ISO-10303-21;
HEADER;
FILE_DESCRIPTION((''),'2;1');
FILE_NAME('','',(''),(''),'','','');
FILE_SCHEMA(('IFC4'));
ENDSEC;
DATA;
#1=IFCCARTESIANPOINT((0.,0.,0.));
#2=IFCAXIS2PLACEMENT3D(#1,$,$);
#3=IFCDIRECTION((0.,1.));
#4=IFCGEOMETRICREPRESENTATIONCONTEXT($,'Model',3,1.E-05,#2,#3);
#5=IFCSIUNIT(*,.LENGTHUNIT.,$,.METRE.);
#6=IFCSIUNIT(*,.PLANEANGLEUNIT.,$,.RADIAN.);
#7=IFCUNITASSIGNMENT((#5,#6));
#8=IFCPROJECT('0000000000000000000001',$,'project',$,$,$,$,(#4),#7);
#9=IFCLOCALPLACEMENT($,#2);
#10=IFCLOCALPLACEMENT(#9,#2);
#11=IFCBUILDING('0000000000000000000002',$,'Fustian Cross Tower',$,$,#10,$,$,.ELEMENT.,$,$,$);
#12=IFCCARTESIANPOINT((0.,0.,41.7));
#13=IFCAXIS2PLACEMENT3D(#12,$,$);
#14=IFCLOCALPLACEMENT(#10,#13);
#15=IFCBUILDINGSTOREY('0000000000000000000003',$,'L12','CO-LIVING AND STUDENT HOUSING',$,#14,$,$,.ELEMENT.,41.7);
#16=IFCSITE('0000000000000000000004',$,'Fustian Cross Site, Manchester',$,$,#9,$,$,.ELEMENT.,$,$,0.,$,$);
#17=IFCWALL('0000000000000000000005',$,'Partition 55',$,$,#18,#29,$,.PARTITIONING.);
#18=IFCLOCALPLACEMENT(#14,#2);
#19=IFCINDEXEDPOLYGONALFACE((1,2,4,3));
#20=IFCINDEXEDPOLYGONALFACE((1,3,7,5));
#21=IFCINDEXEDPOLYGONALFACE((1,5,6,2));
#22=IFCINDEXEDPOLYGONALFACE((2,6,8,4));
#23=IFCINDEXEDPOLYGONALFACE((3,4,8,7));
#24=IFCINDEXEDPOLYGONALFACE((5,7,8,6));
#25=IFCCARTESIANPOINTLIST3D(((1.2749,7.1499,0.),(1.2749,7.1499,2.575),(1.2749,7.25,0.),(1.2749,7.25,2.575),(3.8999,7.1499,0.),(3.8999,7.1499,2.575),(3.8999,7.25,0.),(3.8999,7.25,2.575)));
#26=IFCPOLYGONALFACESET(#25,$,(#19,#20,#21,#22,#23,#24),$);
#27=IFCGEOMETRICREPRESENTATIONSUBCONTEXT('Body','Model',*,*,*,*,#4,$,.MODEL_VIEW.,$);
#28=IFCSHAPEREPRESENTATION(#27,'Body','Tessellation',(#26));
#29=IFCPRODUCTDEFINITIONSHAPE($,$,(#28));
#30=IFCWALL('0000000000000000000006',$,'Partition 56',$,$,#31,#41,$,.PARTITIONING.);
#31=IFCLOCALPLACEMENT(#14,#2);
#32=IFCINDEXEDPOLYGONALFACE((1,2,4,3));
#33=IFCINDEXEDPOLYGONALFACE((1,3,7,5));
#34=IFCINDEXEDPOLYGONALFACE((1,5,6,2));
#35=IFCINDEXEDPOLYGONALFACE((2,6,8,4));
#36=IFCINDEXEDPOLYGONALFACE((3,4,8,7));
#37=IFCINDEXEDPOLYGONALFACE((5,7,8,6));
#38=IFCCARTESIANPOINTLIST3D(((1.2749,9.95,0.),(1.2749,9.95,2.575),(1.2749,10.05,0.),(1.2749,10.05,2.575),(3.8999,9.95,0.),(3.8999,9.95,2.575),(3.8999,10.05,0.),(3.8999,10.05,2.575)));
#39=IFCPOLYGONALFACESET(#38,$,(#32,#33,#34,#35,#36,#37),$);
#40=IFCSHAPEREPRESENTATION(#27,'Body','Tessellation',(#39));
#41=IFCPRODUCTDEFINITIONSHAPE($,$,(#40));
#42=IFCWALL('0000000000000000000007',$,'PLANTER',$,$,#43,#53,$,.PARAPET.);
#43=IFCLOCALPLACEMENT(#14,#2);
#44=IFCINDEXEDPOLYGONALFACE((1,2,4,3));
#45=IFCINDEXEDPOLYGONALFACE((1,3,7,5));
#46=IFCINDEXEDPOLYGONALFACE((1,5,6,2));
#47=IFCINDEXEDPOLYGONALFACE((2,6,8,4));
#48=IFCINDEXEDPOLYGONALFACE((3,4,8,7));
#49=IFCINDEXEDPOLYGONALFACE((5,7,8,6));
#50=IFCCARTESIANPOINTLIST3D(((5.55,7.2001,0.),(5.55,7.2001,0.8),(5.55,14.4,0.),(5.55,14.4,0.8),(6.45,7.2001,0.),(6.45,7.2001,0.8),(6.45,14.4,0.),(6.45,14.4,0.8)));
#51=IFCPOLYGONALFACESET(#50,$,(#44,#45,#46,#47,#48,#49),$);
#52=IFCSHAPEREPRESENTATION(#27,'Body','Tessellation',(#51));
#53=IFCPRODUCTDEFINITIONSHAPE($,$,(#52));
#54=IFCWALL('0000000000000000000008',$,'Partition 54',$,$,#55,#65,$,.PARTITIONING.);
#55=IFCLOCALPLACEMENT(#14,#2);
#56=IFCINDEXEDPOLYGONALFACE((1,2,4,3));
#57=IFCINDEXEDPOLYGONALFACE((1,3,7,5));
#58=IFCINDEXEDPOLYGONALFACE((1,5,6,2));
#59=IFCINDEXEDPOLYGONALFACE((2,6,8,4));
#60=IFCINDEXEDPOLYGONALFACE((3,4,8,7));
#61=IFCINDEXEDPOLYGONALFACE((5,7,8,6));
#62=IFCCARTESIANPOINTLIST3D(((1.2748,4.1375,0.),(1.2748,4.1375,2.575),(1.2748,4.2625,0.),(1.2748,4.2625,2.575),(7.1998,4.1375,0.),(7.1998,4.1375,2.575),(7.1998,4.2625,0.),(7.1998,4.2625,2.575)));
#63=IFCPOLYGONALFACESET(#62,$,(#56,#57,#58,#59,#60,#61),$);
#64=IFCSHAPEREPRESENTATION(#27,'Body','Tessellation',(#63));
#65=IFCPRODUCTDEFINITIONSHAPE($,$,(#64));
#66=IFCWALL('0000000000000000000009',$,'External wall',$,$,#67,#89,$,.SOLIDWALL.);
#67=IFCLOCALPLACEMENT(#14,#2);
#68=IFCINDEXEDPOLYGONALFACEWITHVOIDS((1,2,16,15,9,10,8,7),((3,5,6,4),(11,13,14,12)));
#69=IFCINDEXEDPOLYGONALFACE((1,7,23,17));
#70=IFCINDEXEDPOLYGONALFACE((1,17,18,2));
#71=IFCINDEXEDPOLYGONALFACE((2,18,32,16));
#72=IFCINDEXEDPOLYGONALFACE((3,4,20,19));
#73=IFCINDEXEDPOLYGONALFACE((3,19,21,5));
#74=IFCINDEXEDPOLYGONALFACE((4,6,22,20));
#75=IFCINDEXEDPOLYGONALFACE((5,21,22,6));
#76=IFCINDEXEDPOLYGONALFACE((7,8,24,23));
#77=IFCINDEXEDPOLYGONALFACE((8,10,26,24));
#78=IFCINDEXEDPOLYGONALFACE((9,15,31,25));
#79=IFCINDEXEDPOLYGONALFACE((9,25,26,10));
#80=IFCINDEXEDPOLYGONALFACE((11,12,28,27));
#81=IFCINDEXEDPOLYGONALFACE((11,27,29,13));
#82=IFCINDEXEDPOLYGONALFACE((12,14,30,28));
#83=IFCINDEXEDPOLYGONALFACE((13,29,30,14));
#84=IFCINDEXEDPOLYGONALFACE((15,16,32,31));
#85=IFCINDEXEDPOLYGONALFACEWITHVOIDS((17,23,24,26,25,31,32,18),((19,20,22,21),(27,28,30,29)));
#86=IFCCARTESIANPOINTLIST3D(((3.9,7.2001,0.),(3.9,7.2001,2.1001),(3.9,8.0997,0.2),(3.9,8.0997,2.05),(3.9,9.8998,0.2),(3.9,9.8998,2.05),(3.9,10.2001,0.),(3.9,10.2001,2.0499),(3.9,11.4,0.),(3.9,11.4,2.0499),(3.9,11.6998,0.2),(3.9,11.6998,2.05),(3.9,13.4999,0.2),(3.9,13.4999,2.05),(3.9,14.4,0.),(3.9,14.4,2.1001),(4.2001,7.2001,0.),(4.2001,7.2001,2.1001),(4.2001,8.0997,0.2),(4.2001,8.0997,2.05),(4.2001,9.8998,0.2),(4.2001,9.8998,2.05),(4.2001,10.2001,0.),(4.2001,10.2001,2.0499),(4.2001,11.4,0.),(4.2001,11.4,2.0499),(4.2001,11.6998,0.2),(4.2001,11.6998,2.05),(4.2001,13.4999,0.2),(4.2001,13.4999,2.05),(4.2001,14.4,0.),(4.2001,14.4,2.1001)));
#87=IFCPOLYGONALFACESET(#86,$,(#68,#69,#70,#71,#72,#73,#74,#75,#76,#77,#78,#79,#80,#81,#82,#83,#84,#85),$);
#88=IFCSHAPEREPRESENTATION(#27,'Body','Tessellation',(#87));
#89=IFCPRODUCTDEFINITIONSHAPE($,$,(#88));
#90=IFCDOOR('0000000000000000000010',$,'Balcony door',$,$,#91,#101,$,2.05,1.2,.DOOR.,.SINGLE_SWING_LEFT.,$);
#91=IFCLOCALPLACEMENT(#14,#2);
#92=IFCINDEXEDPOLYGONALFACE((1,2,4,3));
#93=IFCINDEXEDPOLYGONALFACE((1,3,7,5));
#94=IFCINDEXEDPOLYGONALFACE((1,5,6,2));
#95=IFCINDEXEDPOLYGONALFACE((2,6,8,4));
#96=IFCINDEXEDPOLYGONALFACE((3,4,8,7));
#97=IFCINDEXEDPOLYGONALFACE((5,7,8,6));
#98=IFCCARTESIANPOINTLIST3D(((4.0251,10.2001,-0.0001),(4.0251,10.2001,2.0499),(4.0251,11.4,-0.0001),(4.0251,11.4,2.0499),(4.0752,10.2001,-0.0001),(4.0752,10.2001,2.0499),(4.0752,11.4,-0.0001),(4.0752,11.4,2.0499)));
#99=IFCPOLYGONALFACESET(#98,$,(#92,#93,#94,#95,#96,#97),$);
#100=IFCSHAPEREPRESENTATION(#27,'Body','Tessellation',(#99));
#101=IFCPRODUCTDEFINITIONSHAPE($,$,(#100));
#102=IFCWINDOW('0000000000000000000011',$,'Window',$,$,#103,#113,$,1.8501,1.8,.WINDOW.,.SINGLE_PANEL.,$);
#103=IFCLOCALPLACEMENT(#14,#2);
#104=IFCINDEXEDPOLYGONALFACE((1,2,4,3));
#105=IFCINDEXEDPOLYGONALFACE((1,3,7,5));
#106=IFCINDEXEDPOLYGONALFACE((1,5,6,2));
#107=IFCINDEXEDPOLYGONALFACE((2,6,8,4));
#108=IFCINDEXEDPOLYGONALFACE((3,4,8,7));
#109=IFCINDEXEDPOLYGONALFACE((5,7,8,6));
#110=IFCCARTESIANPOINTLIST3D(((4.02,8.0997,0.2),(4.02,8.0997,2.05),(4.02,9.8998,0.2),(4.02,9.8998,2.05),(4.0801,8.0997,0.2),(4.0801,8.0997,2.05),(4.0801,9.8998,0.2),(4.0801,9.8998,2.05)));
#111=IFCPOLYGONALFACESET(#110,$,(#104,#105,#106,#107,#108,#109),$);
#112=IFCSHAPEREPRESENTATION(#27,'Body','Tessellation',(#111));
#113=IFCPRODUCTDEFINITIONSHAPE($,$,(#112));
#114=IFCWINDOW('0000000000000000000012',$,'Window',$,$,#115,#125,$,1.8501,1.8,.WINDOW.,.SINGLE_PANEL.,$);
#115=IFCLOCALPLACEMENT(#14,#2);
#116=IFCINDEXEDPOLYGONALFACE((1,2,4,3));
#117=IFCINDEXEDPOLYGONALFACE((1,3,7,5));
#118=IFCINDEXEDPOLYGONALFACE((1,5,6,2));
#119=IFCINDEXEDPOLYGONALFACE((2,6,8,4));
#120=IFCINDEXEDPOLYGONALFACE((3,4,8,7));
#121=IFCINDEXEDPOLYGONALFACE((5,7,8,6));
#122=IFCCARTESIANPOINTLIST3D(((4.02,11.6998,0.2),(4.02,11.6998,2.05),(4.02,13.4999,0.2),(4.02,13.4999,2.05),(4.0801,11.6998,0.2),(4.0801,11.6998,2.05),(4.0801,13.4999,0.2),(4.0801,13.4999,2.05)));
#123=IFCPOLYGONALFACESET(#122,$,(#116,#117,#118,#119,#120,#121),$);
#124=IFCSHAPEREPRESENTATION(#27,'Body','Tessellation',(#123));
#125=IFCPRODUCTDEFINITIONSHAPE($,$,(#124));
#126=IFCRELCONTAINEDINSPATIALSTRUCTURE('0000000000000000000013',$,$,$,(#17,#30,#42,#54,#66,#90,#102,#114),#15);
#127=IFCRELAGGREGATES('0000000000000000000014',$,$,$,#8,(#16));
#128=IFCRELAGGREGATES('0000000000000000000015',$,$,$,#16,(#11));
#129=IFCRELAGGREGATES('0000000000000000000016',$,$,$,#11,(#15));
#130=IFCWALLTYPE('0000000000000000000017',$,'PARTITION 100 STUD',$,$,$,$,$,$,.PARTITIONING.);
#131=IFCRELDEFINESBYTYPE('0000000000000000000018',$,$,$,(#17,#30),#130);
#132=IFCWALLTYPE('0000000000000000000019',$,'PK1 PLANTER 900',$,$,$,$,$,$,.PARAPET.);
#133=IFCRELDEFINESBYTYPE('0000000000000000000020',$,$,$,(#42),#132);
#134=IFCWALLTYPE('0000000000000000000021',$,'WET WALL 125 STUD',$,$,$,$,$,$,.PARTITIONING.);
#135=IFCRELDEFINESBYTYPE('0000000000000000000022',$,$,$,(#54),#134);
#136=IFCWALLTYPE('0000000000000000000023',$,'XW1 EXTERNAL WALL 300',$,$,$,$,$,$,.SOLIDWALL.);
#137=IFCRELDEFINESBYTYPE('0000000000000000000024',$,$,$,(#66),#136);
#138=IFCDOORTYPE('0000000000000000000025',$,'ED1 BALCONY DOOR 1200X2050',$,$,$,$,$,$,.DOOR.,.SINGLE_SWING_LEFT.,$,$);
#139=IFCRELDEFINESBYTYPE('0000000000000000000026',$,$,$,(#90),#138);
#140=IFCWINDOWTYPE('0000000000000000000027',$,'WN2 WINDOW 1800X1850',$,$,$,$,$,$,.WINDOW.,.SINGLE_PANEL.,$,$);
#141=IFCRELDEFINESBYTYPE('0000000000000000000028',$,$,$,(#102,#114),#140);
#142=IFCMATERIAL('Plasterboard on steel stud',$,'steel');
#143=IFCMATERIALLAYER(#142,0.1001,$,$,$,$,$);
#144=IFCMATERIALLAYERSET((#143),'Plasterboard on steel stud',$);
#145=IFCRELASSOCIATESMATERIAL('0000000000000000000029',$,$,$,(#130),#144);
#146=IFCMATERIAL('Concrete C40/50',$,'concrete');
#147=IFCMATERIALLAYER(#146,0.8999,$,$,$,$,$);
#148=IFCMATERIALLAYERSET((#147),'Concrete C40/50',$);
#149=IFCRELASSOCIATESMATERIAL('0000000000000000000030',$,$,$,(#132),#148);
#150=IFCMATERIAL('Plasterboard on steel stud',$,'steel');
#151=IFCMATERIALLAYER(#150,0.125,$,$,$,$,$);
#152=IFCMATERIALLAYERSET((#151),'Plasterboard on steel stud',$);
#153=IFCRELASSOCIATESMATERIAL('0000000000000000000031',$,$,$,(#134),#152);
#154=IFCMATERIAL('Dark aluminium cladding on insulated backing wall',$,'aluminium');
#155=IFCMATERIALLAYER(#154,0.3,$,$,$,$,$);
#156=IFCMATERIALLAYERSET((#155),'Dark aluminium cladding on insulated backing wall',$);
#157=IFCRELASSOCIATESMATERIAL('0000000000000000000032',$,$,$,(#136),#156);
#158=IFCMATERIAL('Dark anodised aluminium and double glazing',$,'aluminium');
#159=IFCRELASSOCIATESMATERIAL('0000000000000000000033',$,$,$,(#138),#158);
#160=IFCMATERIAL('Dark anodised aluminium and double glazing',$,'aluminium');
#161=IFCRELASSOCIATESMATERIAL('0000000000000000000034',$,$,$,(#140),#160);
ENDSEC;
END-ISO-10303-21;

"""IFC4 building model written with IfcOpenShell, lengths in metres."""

from ifc_helpers import new_model, si_unit, direction, frame, frame_2d, origin, place, context, subcontext, project, spatial, rectangle, extrude, material, layer, layer_set, type_object, element, fill, save


model = new_model("IFC4")

# Units and contexts
model_context = context("Model", 3, precision=1e-05, world=origin(), true_north=direction((0.0, 1.0)))
body_context = subcontext(model_context, "Body", "Model", "MODEL_VIEW")
ifc_project = project(units=[si_unit("LENGTHUNIT", "METRE"), si_unit("PLANEANGLEUNIT", "RADIAN")], contexts=[model_context])

# Site, building, storey
site_placement = place(None, origin())
site = spatial("IfcSite", under=ifc_project, at=site_placement, Name="Fustian Cross Site, Manchester", CompositionType="ELEMENT", RefElevation=0.0)
building_placement = place(site_placement, origin())
building = spatial("IfcBuilding", under=site, at=building_placement, Name="Fustian Cross Tower", CompositionType="ELEMENT")
storey_placement = place(building_placement, frame((0.0, 0.0, 41.7)))
storey = spatial("IfcBuildingStorey", under=building, at=storey_placement, Name="L12", Description="CO-LIVING AND STUDENT HOUSING", CompositionType="ELEMENT", Elevation=41.7)

# Walls
ifc_material_1 = material(Name="Plasterboard on steel stud", Category="steel")
ifc_layer_1 = layer(ifc_material_1, 0.1001)
ifc_layer_set_1 = layer_set([ifc_layer_1], Name="Plasterboard on steel stud")
wall_type_1 = type_object("IfcWallType", Name="PARTITION 100 STUD", PredefinedType="PARTITIONING", material=ifc_layer_set_1)
for number, where, z_axis, x_axis, name in (
    (1, (1.2749, 7.2, 0.0), (0.0, 0.0, 1.0), (1.0, 0.0, 0.0), "Partition 55"),
    (2, (1.2749, 10.0, 0.0), (0.0, 0.0, 1.0), (1.0, 0.0, 0.0), "Partition 56"),
):
    element("IfcWall", number, at=place(storey_placement, frame(where, z_axis=z_axis, x_axis=x_axis)), inside=storey, type_object=wall_type_1, Name=name, PredefinedType="PARTITIONING", context=body_context, shape_type="SweptSolid", body=[
        extrude(rectangle(XDim=2.625, YDim=0.1001, at=frame_2d((1.3125, 0.0))), origin(), (0.0, 0.0, 1.0), 2.575),
    ])
ifc_material_2 = material(Name="Concrete C40/50", Category="concrete")
ifc_layer_2 = layer(ifc_material_2, 0.8999)
ifc_layer_set_2 = layer_set([ifc_layer_2], Name="Concrete C40/50")
wall_type_2 = type_object("IfcWallType", Name="PK1 PLANTER 900", PredefinedType="PARAPET", material=ifc_layer_set_2)
wall_1_placement = place(storey_placement, frame((6.0, 7.2, 0.0), z_axis=(0.0, 0.0, 1.0), x_axis=(0.0, 1.0, 0.0)))
element("IfcWall", 3, at=wall_1_placement, inside=storey, type_object=wall_type_2, Name="PLANTER", PredefinedType="PARAPET", context=body_context, shape_type="SweptSolid", body=[
    extrude(rectangle(XDim=7.2, YDim=0.8999, at=frame_2d((3.6001, 0.0))), origin(), (0.0, 0.0, 1.0), 0.8),
])
ifc_material_3 = material(Name="Plasterboard on steel stud", Category="steel")
ifc_layer_3 = layer(ifc_material_3, 0.125)
ifc_layer_set_3 = layer_set([ifc_layer_3], Name="Plasterboard on steel stud")
wall_type_3 = type_object("IfcWallType", Name="WET WALL 125 STUD", PredefinedType="PARTITIONING", material=ifc_layer_set_3)
wall_2_placement = place(storey_placement, frame((1.2749, 4.2, 0.0), z_axis=(0.0, 0.0, 1.0), x_axis=(1.0, 0.0, 0.0)))
element("IfcWall", 4, at=wall_2_placement, inside=storey, type_object=wall_type_3, Name="Partition 54", PredefinedType="PARTITIONING", context=body_context, shape_type="SweptSolid", body=[
    extrude(rectangle(XDim=5.925, YDim=0.125, at=frame_2d((2.9624, 0.0))), origin(), (0.0, 0.0, 1.0), 2.575),
])

# Wall, openings, door, windows
ifc_material_4 = material(Name="Dark aluminium cladding on insulated backing wall", Category="aluminium")
ifc_layer_4 = layer(ifc_material_4, 0.3)
ifc_layer_set_4 = layer_set([ifc_layer_4], Name="Dark aluminium cladding on insulated backing wall")
wall_type_4 = type_object("IfcWallType", Name="XW1 EXTERNAL WALL 300", PredefinedType="SOLIDWALL", material=ifc_layer_set_4)
wall_3_placement = place(storey_placement, frame((4.05, 7.2, 0.0), z_axis=(0.0, 0.0, 1.0), x_axis=(0.0, 1.0, 0.0)))
wall_3 = element("IfcWall", 5, at=wall_3_placement, inside=storey, type_object=wall_type_4, Name="External wall", PredefinedType="SOLIDWALL", context=body_context, shape_type="SweptSolid", body=[
    extrude(rectangle(XDim=7.2, YDim=0.3, at=frame_2d((3.6001, 0.0))), origin(), (0.0, 0.0, 1.0), 2.1001),
])
opening_1_placement = place(wall_3_placement, frame((3.0, 0.0, 0.0)))
opening_1 = element("IfcOpeningElement", 6, at=opening_1_placement, cuts=wall_3, PredefinedType="OPENING", context=body_context, shape_type="SweptSolid", body=[
    extrude(rectangle(XDim=1.2, YDim=2.05, at=frame_2d((0.6001, 1.0249))), frame((0.0, 0.1599, 0.0), z_axis=(0.0, -1.0, 0.0), x_axis=(1.0, 0.0, 0.0)), (0.0, 0.0, 1.0), 0.3201),
])
opening_2_placement = place(wall_3_placement, frame((0.8999, 0.0, 0.2)))
opening_2 = element("IfcOpeningElement", 7, at=opening_2_placement, cuts=wall_3, PredefinedType="OPENING", context=body_context, shape_type="SweptSolid", body=[
    extrude(rectangle(XDim=1.8, YDim=1.8501, at=frame_2d((0.8999, 0.925))), frame((0.0, 0.1599, 0.0), z_axis=(0.0, -1.0, 0.0), x_axis=(1.0, 0.0, 0.0)), (0.0, 0.0, 1.0), 0.3201),
])
opening_3_placement = place(wall_3_placement, frame((4.5, 0.0, 0.2)))
opening_3 = element("IfcOpeningElement", 8, at=opening_3_placement, cuts=wall_3, PredefinedType="OPENING", context=body_context, shape_type="SweptSolid", body=[
    extrude(rectangle(XDim=1.8, YDim=1.8501, at=frame_2d((0.8999, 0.925))), frame((0.0, 0.1599, 0.0), z_axis=(0.0, -1.0, 0.0), x_axis=(1.0, 0.0, 0.0)), (0.0, 0.0, 1.0), 0.3201),
])
ifc_material_5 = material(Name="Dark anodised aluminium and double glazing", Category="aluminium")
door_type_1 = type_object("IfcDoorType", Name="ED1 BALCONY DOOR 1200X2050", OperationType="SINGLE_SWING_LEFT", PredefinedType="DOOR", material=ifc_material_5)
door_1_placement = place(opening_1_placement, origin())
door_1 = element("IfcDoor", 9, at=door_1_placement, inside=storey, type_object=door_type_1, Name="Balcony door", OperationType="SINGLE_SWING_LEFT", OverallHeight=2.05, OverallWidth=1.2, PredefinedType="DOOR", context=body_context, shape_type="SweptSolid", body=[
    extrude(rectangle(XDim=1.2, YDim=2.05, at=frame_2d((0.6001, 1.0249))), frame((0.0, 0.0249, 0.0), z_axis=(0.0, -1.0, 0.0), x_axis=(1.0, 0.0, 0.0)), (0.0, 0.0, 1.0), 0.05),
])
fill(opening_1, door_1)
ifc_material_6 = material(Name="Dark anodised aluminium and double glazing", Category="aluminium")
window_type = type_object("IfcWindowType", Name="WN2 WINDOW 1800X1850", PartitioningType="SINGLE_PANEL", PredefinedType="WINDOW", material=ifc_material_6)
window_1_placement = place(opening_2_placement, origin())
window_1 = element("IfcWindow", 10, at=window_1_placement, inside=storey, type_object=window_type, Name="Window", OverallHeight=1.8501, OverallWidth=1.8, PartitioningType="SINGLE_PANEL", PredefinedType="WINDOW", context=body_context, shape_type="SweptSolid", body=[
    extrude(rectangle(XDim=1.8, YDim=1.8501, at=frame_2d((0.8999, 0.925))), frame((0.0, 0.03, 0.0), z_axis=(0.0, -1.0, 0.0), x_axis=(1.0, 0.0, 0.0)), (0.0, 0.0, 1.0), 0.0601),
])
fill(opening_2, window_1)
window_2_placement = place(opening_3_placement, origin())
window_2 = element("IfcWindow", 11, at=window_2_placement, inside=storey, type_object=window_type, Name="Window", OverallHeight=1.8501, OverallWidth=1.8, PartitioningType="SINGLE_PANEL", PredefinedType="WINDOW", context=body_context, shape_type="SweptSolid", body=[
    extrude(rectangle(XDim=1.8, YDim=1.8501, at=frame_2d((0.8999, 0.925))), frame((0.0, 0.03, 0.0), z_axis=(0.0, -1.0, 0.0), x_axis=(1.0, 0.0, 0.0)), (0.0, 0.0, 1.0), 0.0601),
])
fill(opening_3, window_2)

save(model, "model.ifc")
